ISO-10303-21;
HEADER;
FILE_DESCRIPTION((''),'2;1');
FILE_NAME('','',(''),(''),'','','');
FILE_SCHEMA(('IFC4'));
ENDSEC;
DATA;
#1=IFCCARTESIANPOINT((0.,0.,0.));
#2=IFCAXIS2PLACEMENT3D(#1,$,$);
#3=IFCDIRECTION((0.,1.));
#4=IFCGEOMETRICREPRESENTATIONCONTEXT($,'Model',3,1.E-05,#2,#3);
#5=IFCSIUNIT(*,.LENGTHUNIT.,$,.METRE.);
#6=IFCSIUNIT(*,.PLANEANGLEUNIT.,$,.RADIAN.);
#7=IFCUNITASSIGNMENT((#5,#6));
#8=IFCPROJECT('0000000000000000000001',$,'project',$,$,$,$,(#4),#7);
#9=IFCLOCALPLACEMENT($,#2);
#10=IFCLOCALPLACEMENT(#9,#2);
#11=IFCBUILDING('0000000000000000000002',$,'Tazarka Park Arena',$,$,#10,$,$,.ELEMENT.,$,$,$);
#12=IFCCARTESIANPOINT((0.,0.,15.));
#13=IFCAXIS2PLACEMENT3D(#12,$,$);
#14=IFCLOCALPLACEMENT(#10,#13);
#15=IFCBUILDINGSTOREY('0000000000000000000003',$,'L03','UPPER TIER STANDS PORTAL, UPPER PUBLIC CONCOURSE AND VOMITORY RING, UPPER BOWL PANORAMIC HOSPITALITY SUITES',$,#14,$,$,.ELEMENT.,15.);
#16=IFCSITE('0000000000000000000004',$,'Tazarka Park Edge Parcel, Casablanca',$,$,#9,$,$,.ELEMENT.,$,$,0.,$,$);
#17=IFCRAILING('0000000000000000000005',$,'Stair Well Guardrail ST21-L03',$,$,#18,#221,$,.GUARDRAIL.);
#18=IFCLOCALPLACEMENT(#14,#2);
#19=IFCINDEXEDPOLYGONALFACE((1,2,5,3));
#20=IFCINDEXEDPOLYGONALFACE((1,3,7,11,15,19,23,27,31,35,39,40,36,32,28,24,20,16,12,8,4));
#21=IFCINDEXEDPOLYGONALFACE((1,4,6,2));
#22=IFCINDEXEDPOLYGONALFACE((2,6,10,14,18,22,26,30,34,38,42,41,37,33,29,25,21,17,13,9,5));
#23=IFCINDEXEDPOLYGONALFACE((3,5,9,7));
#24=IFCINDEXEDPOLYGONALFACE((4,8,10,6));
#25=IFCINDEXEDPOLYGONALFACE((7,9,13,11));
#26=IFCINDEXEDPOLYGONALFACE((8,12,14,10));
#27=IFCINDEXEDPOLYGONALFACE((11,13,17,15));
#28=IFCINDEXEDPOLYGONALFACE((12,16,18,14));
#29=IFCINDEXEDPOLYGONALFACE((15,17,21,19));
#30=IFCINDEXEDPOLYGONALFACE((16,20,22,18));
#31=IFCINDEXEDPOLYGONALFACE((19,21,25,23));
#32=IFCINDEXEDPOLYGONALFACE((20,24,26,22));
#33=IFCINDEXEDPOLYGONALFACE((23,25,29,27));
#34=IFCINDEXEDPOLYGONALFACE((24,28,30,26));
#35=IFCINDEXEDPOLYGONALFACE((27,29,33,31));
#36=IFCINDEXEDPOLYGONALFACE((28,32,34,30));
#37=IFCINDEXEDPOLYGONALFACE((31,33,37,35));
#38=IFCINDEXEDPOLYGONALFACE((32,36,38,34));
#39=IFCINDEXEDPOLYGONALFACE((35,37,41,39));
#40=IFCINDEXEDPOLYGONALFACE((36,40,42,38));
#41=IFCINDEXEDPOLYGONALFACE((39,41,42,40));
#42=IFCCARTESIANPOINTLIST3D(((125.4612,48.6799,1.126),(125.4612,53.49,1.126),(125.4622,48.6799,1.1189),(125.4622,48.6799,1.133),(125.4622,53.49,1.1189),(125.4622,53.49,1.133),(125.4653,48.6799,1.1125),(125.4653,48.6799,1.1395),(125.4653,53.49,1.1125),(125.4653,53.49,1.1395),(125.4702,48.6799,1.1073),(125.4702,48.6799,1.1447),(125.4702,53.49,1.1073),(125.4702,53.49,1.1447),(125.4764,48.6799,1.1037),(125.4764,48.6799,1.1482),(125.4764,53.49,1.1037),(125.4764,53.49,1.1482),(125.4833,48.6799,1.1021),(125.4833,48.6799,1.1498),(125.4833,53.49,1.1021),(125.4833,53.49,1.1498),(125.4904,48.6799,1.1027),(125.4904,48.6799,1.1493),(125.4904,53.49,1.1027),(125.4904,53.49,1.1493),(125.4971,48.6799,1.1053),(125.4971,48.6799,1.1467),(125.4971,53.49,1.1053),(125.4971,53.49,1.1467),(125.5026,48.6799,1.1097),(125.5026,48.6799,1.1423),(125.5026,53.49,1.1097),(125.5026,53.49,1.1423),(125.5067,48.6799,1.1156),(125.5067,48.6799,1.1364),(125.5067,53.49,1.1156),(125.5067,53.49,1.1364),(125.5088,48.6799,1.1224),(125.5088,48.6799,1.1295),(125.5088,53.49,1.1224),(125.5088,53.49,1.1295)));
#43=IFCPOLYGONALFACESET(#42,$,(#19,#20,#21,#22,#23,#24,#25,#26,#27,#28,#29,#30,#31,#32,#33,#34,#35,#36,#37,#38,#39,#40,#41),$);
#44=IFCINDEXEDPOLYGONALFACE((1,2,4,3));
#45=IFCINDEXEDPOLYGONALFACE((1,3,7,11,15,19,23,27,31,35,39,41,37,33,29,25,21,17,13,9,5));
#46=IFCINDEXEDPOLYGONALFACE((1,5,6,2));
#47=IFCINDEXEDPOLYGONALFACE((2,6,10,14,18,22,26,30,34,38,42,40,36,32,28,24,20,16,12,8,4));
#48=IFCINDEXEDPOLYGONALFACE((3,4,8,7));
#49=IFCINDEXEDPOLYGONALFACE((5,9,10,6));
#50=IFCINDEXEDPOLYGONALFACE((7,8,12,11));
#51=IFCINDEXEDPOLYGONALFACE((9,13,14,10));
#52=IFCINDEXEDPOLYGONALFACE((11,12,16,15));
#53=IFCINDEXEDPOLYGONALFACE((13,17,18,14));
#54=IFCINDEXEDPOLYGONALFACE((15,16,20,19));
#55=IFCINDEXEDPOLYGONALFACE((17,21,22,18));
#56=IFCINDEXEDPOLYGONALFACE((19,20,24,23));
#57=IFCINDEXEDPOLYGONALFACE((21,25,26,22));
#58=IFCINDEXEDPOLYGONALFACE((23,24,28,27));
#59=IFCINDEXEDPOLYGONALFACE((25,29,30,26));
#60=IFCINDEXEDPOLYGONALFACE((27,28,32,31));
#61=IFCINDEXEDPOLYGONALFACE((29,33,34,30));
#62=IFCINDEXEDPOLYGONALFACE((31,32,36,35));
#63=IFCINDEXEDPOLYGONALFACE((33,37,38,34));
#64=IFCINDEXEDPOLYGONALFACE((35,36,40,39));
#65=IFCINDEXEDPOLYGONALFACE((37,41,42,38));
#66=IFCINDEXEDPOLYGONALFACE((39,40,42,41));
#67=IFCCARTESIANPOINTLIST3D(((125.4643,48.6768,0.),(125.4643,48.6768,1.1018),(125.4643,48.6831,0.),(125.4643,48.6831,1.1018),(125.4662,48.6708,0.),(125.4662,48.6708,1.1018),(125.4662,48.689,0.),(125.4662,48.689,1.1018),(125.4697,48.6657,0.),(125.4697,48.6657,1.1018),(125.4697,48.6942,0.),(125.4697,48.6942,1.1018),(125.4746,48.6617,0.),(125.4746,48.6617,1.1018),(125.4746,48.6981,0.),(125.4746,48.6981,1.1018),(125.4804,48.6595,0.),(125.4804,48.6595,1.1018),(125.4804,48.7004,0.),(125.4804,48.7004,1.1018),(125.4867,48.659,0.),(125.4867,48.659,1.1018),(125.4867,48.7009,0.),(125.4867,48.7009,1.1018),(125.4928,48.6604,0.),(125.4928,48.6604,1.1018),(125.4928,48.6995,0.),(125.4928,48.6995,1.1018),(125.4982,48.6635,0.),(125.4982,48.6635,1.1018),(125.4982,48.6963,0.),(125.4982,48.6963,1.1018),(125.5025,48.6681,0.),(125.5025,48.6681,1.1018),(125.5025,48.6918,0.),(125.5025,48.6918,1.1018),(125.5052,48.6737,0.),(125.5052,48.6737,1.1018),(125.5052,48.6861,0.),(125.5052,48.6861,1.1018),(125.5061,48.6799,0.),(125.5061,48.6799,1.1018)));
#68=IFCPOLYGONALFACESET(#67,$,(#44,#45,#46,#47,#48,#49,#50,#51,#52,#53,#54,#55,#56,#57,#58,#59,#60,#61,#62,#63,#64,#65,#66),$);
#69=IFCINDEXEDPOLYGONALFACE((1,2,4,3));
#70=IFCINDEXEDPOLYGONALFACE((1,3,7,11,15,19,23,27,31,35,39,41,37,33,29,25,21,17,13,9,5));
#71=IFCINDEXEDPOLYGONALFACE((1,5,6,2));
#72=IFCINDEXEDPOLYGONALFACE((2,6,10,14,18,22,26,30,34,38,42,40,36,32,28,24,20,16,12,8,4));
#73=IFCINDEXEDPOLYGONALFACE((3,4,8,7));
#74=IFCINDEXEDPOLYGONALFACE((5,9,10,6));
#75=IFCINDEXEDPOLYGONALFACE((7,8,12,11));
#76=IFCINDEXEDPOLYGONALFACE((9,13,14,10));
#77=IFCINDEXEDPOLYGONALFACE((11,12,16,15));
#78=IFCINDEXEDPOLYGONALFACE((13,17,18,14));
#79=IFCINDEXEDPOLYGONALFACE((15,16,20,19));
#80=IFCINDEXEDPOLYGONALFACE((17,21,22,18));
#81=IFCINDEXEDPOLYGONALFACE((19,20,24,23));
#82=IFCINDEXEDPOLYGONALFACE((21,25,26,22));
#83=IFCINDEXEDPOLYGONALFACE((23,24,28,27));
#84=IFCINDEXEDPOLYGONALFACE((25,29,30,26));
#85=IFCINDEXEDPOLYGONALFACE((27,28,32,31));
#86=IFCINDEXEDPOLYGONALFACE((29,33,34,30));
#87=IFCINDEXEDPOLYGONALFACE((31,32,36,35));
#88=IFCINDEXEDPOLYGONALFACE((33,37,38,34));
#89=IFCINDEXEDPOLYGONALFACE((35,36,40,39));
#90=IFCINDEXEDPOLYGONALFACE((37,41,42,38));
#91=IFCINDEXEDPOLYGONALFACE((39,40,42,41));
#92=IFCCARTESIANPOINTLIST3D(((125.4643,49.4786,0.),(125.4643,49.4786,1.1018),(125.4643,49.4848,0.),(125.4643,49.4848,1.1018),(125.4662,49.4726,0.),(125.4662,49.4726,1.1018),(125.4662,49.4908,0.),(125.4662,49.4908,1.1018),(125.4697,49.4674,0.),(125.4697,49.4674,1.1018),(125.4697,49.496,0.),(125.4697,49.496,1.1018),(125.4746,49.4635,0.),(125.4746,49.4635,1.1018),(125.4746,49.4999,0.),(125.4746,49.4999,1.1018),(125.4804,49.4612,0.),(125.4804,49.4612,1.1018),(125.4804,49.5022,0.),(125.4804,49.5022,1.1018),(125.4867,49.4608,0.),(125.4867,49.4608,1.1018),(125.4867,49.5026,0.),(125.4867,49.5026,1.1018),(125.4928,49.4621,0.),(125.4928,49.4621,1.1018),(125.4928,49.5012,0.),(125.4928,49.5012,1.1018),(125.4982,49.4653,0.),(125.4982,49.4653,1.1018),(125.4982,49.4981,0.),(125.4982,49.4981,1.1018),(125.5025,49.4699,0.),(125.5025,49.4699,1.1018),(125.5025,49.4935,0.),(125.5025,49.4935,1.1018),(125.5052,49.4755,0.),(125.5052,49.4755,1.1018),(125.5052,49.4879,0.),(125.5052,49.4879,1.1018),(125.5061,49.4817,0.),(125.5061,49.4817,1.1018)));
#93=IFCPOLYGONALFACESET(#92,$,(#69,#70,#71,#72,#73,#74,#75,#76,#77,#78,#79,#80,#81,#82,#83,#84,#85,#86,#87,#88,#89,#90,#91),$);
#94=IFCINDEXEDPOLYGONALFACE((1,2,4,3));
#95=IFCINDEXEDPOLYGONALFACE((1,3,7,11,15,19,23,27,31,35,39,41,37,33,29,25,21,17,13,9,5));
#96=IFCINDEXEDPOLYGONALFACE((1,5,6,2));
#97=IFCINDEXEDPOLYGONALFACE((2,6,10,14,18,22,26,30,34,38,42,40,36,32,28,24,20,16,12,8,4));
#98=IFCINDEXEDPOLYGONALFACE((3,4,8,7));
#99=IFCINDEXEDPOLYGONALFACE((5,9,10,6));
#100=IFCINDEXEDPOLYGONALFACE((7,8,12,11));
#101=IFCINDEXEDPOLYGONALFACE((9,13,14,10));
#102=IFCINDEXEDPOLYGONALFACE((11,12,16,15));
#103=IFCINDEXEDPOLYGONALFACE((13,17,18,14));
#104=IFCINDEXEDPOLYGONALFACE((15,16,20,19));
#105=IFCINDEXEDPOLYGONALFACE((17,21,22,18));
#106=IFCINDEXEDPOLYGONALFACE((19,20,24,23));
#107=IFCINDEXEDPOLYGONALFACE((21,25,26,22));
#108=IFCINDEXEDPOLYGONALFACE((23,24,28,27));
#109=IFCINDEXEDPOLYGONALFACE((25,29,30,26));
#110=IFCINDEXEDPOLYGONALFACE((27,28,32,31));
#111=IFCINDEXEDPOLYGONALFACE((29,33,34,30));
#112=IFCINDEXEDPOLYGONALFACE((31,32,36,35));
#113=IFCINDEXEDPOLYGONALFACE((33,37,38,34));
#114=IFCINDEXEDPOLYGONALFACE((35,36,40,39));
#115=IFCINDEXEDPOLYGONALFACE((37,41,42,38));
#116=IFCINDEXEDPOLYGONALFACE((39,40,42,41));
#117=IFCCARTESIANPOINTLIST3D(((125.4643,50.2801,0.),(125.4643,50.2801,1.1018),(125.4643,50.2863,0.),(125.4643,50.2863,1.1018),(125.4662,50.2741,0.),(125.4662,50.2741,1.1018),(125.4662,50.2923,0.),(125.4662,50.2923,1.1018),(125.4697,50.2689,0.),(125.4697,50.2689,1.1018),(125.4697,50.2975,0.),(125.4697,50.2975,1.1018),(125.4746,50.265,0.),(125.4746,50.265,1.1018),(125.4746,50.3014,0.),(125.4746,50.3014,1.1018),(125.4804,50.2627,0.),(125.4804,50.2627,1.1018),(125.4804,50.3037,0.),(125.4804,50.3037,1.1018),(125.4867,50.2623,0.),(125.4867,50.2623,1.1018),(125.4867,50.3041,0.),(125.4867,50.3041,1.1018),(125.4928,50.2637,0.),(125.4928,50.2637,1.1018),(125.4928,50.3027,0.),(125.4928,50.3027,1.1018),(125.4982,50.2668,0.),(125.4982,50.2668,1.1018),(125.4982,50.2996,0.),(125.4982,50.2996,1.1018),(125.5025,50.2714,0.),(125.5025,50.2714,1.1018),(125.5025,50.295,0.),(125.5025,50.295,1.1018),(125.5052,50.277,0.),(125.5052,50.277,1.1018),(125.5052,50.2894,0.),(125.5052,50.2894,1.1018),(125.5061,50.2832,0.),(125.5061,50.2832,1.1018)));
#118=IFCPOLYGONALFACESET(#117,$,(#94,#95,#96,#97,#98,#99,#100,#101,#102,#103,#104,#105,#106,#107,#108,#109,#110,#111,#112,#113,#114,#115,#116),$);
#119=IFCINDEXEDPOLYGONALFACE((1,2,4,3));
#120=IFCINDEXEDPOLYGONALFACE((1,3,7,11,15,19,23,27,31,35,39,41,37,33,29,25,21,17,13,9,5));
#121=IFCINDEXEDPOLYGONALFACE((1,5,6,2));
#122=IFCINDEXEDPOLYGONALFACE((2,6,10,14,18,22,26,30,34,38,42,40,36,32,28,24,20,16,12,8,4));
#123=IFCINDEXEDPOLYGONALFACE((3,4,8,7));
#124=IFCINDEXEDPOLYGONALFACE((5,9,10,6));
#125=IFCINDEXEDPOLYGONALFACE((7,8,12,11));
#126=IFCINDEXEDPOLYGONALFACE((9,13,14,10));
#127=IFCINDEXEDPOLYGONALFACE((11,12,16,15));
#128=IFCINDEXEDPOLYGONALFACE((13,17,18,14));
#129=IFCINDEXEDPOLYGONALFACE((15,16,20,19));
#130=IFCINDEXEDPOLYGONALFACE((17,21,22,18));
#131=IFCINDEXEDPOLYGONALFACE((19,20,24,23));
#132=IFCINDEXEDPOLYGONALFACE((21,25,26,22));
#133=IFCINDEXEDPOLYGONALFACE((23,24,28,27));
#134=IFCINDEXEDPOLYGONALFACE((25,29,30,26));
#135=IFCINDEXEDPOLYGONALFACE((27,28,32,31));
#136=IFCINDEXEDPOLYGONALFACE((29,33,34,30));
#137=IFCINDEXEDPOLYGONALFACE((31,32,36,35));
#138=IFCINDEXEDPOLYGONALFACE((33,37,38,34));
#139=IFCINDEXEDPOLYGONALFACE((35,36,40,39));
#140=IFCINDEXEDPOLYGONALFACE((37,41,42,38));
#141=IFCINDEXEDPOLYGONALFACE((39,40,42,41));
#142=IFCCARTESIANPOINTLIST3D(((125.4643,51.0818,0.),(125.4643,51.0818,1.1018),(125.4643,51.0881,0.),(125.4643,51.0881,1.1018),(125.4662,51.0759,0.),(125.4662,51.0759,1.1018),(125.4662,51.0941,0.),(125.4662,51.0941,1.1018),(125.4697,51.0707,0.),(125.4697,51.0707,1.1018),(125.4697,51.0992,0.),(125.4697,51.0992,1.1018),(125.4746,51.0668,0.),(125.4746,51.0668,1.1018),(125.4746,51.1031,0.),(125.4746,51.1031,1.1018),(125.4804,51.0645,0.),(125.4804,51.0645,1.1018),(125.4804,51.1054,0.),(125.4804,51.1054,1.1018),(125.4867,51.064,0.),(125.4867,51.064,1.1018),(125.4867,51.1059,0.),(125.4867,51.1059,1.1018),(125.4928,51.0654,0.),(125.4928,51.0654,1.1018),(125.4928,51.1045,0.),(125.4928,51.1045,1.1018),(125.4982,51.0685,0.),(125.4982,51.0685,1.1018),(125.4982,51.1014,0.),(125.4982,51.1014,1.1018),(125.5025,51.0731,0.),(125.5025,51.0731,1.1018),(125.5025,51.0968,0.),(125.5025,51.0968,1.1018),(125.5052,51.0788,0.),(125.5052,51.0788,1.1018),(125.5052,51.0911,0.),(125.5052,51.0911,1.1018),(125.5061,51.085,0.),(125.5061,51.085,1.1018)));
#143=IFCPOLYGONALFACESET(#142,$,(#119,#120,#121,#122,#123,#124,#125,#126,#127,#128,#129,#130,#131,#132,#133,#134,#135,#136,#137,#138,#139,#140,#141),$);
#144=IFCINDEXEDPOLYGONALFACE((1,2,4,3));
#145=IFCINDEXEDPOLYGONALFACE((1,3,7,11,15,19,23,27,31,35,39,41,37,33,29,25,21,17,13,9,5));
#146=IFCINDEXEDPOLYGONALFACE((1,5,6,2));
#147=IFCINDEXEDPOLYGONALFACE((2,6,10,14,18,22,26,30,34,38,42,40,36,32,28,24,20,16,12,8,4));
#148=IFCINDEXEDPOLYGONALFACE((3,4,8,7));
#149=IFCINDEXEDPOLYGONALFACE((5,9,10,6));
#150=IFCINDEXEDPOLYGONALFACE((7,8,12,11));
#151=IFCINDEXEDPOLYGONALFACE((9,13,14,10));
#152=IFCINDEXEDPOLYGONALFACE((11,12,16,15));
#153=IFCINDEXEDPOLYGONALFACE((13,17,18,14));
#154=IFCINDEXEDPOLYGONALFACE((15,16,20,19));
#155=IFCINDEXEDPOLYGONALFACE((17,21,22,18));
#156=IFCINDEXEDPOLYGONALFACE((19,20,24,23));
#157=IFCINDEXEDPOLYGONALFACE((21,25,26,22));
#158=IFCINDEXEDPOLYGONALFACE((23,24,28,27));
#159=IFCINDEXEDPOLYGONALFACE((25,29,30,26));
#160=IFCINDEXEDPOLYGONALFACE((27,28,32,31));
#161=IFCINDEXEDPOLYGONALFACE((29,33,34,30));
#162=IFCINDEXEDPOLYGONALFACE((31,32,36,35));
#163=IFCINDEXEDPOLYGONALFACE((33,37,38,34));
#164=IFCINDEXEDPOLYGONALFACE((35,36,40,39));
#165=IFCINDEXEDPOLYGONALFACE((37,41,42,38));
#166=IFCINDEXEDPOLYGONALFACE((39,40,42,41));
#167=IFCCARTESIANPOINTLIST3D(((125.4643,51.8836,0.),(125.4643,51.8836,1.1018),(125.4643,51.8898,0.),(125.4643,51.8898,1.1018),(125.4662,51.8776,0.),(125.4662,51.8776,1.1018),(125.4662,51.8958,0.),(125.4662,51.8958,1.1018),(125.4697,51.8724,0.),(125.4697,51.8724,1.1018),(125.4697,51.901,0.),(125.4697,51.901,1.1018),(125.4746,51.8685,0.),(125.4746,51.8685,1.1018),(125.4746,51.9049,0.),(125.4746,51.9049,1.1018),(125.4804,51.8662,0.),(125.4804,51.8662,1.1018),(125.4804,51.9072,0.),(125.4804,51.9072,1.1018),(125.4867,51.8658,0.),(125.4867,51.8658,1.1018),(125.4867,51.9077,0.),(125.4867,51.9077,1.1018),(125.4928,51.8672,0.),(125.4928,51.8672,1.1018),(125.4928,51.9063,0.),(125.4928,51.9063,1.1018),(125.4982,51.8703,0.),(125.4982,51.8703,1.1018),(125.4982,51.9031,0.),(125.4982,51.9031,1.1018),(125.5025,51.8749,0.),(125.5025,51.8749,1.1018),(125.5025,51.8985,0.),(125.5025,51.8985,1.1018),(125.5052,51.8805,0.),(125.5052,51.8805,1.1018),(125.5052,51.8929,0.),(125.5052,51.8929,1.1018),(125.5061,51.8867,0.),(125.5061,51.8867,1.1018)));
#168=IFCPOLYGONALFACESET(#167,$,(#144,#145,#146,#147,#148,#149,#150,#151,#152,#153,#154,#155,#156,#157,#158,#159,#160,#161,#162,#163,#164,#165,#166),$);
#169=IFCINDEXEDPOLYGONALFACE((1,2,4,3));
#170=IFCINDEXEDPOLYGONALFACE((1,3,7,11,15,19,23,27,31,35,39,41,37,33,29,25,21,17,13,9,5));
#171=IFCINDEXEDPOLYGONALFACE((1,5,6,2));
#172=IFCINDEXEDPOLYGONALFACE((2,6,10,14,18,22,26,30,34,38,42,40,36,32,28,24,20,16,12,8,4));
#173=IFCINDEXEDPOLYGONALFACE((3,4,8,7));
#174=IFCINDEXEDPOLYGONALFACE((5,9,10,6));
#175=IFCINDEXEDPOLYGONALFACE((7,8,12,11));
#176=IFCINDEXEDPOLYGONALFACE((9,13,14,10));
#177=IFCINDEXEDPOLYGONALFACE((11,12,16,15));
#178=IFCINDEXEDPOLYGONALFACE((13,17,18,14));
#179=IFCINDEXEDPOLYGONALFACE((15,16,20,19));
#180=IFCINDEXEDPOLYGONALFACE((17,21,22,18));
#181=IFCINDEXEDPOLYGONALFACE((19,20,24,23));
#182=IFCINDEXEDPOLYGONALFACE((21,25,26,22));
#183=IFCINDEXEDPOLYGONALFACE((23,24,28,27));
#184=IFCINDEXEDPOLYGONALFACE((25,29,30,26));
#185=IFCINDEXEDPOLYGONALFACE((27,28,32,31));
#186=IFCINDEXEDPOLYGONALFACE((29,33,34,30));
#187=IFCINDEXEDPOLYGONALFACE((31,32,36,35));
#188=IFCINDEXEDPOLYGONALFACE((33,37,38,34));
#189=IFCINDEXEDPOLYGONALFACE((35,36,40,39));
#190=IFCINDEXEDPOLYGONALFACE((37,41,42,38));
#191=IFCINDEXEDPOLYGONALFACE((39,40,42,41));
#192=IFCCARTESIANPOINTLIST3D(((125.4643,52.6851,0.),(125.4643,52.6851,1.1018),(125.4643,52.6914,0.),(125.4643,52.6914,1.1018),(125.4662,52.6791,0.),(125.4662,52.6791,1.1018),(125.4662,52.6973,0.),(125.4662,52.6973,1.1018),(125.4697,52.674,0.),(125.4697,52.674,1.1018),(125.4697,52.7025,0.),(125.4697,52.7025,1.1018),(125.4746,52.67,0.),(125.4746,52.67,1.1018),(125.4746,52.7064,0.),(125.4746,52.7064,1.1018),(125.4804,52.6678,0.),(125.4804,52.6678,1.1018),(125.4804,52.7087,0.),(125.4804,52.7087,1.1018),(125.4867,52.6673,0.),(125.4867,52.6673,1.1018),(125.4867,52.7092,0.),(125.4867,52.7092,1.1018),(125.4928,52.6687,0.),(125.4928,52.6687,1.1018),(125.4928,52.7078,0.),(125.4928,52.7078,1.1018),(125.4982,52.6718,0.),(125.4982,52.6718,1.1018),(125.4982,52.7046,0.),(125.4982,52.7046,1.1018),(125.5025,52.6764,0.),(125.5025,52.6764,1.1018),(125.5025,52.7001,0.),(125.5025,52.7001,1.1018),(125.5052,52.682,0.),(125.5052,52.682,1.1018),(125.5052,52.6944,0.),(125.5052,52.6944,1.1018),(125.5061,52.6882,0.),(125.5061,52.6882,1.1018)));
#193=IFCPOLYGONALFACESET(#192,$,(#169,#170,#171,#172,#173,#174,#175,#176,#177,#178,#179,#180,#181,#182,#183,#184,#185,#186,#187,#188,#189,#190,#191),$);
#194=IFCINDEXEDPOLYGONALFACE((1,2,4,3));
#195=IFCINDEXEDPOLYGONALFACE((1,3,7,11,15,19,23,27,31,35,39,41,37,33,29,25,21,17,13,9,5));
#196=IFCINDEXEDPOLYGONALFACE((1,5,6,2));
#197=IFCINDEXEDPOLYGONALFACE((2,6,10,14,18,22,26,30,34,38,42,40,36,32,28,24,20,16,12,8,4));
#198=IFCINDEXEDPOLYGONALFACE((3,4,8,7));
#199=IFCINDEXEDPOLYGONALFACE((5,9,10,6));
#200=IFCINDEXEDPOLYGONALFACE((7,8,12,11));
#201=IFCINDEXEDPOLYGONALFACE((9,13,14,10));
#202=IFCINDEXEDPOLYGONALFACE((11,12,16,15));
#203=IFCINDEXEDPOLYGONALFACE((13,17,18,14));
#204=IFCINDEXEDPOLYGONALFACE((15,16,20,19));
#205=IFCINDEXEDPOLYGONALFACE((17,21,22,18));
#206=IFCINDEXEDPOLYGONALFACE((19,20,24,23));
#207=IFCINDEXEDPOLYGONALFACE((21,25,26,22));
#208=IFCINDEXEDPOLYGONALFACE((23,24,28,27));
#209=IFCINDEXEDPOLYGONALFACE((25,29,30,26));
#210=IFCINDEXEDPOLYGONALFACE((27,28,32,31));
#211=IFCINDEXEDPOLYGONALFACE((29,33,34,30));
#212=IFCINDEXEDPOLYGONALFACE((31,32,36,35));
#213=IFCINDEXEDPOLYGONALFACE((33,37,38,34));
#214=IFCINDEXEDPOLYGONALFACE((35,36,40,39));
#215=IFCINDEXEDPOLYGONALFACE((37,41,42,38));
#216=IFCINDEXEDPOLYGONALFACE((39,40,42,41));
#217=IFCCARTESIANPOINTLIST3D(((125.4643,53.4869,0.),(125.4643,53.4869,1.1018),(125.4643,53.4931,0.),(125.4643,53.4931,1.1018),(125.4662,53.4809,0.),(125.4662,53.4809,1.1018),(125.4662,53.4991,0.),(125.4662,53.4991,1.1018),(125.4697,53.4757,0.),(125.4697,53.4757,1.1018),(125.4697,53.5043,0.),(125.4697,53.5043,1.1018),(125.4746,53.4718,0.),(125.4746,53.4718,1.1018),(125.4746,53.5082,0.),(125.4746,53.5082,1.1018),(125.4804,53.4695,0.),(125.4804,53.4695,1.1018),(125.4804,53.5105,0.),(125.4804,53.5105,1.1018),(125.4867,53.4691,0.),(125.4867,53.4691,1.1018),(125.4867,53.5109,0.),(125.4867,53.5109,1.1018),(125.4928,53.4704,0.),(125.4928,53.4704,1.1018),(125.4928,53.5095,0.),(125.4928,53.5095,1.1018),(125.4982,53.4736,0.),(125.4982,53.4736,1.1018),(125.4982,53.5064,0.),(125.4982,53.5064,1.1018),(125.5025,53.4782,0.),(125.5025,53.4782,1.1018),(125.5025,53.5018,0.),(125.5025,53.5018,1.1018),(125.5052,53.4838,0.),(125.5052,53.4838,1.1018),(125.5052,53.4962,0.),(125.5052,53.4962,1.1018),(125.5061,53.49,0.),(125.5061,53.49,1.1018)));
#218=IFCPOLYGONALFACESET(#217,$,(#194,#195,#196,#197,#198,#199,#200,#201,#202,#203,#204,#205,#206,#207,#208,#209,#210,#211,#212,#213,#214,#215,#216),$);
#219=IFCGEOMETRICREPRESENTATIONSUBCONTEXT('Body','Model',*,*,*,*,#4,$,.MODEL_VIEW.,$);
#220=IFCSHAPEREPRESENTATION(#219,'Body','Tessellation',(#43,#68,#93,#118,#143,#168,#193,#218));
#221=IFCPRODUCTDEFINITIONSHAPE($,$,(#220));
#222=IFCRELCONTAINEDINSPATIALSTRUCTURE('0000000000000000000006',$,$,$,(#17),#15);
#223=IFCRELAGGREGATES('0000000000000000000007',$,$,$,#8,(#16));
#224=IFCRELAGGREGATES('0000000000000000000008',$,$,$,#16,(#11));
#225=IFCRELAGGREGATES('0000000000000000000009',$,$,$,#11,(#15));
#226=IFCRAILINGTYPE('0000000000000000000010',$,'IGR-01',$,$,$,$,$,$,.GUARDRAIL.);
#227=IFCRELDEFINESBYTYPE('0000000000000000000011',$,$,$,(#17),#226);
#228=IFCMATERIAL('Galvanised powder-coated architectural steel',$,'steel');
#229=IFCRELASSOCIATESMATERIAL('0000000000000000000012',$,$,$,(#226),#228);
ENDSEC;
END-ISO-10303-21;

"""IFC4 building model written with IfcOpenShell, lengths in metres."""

from ifc_helpers import new_model, si_unit, direction, frame, origin, origin_2d, place, context, subcontext, project, spatial, circle, extrude, material, type_object, element, save


model = new_model("IFC4")

# Units and contexts
model_context = context("Model", 3, precision=1e-05, world=origin(), true_north=direction((0.0, 1.0)))
body_context = subcontext(model_context, "Body", "Model", "MODEL_VIEW")
ifc_project = project(units=[si_unit("LENGTHUNIT", "METRE"), si_unit("PLANEANGLEUNIT", "RADIAN")], contexts=[model_context])

# Site, building, storey
site_placement = place(None, origin())
site = spatial("IfcSite", under=ifc_project, at=site_placement, Name="Tazarka Park Edge Parcel, Casablanca", CompositionType="ELEMENT", RefElevation=0.0)
building_placement = place(site_placement, origin())
building = spatial("IfcBuilding", under=site, at=building_placement, Name="Tazarka Park Arena", CompositionType="ELEMENT")
storey_placement = place(building_placement, frame((0.0, 0.0, 15.0)))
storey = spatial("IfcBuildingStorey", under=building, at=storey_placement, Name="L03", Description="UPPER TIER STANDS PORTAL, UPPER PUBLIC CONCOURSE AND VOMITORY RING, UPPER BOWL PANORAMIC HOSPITALITY SUITES", CompositionType="ELEMENT", Elevation=15.0)

# Railing
ifc_material_1 = material(Name="Galvanised powder-coated architectural steel", Category="steel")
railing_type = type_object("IfcRailingType", Name="IGR-01", PredefinedType="GUARDRAIL", material=ifc_material_1)
railing_1_placement = place(storey_placement, frame((125.4851, 48.6799, 0.0)))
element("IfcRailing", 1, at=railing_1_placement, inside=storey, type_object=railing_type, Name="Stair Well Guardrail ST21-L03", PredefinedType="GUARDRAIL", context=body_context, shape_type="SweptSolid", body=[
    extrude(circle(Radius=0.0239, at=origin_2d()), frame((0.0, 0.0, 1.126), z_axis=(0.0, 1.0, 0.0), x_axis=(-1.0, 0.0, 0.0)), (0.0, 0.0, 1.0), 4.8101),
    extrude(circle(Radius=0.021, at=origin_2d()), origin(), (0.0, 0.0, 1.0), 1.1018),
    extrude(circle(Radius=0.021, at=origin_2d()), frame((0.0, 0.8018, 0.0)), (0.0, 0.0, 1.0), 1.1018),
    extrude(circle(Radius=0.021, at=origin_2d()), frame((0.0, 1.6033, 0.0)), (0.0, 0.0, 1.0), 1.1018),
    extrude(circle(Radius=0.021, at=origin_2d()), frame((0.0, 2.405, 0.0)), (0.0, 0.0, 1.0), 1.1018),
    extrude(circle(Radius=0.021, at=origin_2d()), frame((0.0, 3.2068, 0.0)), (0.0, 0.0, 1.0), 1.1018),
    extrude(circle(Radius=0.021, at=origin_2d()), frame((0.0, 4.0083, 0.0)), (0.0, 0.0, 1.0), 1.1018),
    extrude(circle(Radius=0.021, at=origin_2d()), frame((0.0, 4.8101, 0.0)), (0.0, 0.0, 1.0), 1.1018),
])

save(model, "model.ifc")
